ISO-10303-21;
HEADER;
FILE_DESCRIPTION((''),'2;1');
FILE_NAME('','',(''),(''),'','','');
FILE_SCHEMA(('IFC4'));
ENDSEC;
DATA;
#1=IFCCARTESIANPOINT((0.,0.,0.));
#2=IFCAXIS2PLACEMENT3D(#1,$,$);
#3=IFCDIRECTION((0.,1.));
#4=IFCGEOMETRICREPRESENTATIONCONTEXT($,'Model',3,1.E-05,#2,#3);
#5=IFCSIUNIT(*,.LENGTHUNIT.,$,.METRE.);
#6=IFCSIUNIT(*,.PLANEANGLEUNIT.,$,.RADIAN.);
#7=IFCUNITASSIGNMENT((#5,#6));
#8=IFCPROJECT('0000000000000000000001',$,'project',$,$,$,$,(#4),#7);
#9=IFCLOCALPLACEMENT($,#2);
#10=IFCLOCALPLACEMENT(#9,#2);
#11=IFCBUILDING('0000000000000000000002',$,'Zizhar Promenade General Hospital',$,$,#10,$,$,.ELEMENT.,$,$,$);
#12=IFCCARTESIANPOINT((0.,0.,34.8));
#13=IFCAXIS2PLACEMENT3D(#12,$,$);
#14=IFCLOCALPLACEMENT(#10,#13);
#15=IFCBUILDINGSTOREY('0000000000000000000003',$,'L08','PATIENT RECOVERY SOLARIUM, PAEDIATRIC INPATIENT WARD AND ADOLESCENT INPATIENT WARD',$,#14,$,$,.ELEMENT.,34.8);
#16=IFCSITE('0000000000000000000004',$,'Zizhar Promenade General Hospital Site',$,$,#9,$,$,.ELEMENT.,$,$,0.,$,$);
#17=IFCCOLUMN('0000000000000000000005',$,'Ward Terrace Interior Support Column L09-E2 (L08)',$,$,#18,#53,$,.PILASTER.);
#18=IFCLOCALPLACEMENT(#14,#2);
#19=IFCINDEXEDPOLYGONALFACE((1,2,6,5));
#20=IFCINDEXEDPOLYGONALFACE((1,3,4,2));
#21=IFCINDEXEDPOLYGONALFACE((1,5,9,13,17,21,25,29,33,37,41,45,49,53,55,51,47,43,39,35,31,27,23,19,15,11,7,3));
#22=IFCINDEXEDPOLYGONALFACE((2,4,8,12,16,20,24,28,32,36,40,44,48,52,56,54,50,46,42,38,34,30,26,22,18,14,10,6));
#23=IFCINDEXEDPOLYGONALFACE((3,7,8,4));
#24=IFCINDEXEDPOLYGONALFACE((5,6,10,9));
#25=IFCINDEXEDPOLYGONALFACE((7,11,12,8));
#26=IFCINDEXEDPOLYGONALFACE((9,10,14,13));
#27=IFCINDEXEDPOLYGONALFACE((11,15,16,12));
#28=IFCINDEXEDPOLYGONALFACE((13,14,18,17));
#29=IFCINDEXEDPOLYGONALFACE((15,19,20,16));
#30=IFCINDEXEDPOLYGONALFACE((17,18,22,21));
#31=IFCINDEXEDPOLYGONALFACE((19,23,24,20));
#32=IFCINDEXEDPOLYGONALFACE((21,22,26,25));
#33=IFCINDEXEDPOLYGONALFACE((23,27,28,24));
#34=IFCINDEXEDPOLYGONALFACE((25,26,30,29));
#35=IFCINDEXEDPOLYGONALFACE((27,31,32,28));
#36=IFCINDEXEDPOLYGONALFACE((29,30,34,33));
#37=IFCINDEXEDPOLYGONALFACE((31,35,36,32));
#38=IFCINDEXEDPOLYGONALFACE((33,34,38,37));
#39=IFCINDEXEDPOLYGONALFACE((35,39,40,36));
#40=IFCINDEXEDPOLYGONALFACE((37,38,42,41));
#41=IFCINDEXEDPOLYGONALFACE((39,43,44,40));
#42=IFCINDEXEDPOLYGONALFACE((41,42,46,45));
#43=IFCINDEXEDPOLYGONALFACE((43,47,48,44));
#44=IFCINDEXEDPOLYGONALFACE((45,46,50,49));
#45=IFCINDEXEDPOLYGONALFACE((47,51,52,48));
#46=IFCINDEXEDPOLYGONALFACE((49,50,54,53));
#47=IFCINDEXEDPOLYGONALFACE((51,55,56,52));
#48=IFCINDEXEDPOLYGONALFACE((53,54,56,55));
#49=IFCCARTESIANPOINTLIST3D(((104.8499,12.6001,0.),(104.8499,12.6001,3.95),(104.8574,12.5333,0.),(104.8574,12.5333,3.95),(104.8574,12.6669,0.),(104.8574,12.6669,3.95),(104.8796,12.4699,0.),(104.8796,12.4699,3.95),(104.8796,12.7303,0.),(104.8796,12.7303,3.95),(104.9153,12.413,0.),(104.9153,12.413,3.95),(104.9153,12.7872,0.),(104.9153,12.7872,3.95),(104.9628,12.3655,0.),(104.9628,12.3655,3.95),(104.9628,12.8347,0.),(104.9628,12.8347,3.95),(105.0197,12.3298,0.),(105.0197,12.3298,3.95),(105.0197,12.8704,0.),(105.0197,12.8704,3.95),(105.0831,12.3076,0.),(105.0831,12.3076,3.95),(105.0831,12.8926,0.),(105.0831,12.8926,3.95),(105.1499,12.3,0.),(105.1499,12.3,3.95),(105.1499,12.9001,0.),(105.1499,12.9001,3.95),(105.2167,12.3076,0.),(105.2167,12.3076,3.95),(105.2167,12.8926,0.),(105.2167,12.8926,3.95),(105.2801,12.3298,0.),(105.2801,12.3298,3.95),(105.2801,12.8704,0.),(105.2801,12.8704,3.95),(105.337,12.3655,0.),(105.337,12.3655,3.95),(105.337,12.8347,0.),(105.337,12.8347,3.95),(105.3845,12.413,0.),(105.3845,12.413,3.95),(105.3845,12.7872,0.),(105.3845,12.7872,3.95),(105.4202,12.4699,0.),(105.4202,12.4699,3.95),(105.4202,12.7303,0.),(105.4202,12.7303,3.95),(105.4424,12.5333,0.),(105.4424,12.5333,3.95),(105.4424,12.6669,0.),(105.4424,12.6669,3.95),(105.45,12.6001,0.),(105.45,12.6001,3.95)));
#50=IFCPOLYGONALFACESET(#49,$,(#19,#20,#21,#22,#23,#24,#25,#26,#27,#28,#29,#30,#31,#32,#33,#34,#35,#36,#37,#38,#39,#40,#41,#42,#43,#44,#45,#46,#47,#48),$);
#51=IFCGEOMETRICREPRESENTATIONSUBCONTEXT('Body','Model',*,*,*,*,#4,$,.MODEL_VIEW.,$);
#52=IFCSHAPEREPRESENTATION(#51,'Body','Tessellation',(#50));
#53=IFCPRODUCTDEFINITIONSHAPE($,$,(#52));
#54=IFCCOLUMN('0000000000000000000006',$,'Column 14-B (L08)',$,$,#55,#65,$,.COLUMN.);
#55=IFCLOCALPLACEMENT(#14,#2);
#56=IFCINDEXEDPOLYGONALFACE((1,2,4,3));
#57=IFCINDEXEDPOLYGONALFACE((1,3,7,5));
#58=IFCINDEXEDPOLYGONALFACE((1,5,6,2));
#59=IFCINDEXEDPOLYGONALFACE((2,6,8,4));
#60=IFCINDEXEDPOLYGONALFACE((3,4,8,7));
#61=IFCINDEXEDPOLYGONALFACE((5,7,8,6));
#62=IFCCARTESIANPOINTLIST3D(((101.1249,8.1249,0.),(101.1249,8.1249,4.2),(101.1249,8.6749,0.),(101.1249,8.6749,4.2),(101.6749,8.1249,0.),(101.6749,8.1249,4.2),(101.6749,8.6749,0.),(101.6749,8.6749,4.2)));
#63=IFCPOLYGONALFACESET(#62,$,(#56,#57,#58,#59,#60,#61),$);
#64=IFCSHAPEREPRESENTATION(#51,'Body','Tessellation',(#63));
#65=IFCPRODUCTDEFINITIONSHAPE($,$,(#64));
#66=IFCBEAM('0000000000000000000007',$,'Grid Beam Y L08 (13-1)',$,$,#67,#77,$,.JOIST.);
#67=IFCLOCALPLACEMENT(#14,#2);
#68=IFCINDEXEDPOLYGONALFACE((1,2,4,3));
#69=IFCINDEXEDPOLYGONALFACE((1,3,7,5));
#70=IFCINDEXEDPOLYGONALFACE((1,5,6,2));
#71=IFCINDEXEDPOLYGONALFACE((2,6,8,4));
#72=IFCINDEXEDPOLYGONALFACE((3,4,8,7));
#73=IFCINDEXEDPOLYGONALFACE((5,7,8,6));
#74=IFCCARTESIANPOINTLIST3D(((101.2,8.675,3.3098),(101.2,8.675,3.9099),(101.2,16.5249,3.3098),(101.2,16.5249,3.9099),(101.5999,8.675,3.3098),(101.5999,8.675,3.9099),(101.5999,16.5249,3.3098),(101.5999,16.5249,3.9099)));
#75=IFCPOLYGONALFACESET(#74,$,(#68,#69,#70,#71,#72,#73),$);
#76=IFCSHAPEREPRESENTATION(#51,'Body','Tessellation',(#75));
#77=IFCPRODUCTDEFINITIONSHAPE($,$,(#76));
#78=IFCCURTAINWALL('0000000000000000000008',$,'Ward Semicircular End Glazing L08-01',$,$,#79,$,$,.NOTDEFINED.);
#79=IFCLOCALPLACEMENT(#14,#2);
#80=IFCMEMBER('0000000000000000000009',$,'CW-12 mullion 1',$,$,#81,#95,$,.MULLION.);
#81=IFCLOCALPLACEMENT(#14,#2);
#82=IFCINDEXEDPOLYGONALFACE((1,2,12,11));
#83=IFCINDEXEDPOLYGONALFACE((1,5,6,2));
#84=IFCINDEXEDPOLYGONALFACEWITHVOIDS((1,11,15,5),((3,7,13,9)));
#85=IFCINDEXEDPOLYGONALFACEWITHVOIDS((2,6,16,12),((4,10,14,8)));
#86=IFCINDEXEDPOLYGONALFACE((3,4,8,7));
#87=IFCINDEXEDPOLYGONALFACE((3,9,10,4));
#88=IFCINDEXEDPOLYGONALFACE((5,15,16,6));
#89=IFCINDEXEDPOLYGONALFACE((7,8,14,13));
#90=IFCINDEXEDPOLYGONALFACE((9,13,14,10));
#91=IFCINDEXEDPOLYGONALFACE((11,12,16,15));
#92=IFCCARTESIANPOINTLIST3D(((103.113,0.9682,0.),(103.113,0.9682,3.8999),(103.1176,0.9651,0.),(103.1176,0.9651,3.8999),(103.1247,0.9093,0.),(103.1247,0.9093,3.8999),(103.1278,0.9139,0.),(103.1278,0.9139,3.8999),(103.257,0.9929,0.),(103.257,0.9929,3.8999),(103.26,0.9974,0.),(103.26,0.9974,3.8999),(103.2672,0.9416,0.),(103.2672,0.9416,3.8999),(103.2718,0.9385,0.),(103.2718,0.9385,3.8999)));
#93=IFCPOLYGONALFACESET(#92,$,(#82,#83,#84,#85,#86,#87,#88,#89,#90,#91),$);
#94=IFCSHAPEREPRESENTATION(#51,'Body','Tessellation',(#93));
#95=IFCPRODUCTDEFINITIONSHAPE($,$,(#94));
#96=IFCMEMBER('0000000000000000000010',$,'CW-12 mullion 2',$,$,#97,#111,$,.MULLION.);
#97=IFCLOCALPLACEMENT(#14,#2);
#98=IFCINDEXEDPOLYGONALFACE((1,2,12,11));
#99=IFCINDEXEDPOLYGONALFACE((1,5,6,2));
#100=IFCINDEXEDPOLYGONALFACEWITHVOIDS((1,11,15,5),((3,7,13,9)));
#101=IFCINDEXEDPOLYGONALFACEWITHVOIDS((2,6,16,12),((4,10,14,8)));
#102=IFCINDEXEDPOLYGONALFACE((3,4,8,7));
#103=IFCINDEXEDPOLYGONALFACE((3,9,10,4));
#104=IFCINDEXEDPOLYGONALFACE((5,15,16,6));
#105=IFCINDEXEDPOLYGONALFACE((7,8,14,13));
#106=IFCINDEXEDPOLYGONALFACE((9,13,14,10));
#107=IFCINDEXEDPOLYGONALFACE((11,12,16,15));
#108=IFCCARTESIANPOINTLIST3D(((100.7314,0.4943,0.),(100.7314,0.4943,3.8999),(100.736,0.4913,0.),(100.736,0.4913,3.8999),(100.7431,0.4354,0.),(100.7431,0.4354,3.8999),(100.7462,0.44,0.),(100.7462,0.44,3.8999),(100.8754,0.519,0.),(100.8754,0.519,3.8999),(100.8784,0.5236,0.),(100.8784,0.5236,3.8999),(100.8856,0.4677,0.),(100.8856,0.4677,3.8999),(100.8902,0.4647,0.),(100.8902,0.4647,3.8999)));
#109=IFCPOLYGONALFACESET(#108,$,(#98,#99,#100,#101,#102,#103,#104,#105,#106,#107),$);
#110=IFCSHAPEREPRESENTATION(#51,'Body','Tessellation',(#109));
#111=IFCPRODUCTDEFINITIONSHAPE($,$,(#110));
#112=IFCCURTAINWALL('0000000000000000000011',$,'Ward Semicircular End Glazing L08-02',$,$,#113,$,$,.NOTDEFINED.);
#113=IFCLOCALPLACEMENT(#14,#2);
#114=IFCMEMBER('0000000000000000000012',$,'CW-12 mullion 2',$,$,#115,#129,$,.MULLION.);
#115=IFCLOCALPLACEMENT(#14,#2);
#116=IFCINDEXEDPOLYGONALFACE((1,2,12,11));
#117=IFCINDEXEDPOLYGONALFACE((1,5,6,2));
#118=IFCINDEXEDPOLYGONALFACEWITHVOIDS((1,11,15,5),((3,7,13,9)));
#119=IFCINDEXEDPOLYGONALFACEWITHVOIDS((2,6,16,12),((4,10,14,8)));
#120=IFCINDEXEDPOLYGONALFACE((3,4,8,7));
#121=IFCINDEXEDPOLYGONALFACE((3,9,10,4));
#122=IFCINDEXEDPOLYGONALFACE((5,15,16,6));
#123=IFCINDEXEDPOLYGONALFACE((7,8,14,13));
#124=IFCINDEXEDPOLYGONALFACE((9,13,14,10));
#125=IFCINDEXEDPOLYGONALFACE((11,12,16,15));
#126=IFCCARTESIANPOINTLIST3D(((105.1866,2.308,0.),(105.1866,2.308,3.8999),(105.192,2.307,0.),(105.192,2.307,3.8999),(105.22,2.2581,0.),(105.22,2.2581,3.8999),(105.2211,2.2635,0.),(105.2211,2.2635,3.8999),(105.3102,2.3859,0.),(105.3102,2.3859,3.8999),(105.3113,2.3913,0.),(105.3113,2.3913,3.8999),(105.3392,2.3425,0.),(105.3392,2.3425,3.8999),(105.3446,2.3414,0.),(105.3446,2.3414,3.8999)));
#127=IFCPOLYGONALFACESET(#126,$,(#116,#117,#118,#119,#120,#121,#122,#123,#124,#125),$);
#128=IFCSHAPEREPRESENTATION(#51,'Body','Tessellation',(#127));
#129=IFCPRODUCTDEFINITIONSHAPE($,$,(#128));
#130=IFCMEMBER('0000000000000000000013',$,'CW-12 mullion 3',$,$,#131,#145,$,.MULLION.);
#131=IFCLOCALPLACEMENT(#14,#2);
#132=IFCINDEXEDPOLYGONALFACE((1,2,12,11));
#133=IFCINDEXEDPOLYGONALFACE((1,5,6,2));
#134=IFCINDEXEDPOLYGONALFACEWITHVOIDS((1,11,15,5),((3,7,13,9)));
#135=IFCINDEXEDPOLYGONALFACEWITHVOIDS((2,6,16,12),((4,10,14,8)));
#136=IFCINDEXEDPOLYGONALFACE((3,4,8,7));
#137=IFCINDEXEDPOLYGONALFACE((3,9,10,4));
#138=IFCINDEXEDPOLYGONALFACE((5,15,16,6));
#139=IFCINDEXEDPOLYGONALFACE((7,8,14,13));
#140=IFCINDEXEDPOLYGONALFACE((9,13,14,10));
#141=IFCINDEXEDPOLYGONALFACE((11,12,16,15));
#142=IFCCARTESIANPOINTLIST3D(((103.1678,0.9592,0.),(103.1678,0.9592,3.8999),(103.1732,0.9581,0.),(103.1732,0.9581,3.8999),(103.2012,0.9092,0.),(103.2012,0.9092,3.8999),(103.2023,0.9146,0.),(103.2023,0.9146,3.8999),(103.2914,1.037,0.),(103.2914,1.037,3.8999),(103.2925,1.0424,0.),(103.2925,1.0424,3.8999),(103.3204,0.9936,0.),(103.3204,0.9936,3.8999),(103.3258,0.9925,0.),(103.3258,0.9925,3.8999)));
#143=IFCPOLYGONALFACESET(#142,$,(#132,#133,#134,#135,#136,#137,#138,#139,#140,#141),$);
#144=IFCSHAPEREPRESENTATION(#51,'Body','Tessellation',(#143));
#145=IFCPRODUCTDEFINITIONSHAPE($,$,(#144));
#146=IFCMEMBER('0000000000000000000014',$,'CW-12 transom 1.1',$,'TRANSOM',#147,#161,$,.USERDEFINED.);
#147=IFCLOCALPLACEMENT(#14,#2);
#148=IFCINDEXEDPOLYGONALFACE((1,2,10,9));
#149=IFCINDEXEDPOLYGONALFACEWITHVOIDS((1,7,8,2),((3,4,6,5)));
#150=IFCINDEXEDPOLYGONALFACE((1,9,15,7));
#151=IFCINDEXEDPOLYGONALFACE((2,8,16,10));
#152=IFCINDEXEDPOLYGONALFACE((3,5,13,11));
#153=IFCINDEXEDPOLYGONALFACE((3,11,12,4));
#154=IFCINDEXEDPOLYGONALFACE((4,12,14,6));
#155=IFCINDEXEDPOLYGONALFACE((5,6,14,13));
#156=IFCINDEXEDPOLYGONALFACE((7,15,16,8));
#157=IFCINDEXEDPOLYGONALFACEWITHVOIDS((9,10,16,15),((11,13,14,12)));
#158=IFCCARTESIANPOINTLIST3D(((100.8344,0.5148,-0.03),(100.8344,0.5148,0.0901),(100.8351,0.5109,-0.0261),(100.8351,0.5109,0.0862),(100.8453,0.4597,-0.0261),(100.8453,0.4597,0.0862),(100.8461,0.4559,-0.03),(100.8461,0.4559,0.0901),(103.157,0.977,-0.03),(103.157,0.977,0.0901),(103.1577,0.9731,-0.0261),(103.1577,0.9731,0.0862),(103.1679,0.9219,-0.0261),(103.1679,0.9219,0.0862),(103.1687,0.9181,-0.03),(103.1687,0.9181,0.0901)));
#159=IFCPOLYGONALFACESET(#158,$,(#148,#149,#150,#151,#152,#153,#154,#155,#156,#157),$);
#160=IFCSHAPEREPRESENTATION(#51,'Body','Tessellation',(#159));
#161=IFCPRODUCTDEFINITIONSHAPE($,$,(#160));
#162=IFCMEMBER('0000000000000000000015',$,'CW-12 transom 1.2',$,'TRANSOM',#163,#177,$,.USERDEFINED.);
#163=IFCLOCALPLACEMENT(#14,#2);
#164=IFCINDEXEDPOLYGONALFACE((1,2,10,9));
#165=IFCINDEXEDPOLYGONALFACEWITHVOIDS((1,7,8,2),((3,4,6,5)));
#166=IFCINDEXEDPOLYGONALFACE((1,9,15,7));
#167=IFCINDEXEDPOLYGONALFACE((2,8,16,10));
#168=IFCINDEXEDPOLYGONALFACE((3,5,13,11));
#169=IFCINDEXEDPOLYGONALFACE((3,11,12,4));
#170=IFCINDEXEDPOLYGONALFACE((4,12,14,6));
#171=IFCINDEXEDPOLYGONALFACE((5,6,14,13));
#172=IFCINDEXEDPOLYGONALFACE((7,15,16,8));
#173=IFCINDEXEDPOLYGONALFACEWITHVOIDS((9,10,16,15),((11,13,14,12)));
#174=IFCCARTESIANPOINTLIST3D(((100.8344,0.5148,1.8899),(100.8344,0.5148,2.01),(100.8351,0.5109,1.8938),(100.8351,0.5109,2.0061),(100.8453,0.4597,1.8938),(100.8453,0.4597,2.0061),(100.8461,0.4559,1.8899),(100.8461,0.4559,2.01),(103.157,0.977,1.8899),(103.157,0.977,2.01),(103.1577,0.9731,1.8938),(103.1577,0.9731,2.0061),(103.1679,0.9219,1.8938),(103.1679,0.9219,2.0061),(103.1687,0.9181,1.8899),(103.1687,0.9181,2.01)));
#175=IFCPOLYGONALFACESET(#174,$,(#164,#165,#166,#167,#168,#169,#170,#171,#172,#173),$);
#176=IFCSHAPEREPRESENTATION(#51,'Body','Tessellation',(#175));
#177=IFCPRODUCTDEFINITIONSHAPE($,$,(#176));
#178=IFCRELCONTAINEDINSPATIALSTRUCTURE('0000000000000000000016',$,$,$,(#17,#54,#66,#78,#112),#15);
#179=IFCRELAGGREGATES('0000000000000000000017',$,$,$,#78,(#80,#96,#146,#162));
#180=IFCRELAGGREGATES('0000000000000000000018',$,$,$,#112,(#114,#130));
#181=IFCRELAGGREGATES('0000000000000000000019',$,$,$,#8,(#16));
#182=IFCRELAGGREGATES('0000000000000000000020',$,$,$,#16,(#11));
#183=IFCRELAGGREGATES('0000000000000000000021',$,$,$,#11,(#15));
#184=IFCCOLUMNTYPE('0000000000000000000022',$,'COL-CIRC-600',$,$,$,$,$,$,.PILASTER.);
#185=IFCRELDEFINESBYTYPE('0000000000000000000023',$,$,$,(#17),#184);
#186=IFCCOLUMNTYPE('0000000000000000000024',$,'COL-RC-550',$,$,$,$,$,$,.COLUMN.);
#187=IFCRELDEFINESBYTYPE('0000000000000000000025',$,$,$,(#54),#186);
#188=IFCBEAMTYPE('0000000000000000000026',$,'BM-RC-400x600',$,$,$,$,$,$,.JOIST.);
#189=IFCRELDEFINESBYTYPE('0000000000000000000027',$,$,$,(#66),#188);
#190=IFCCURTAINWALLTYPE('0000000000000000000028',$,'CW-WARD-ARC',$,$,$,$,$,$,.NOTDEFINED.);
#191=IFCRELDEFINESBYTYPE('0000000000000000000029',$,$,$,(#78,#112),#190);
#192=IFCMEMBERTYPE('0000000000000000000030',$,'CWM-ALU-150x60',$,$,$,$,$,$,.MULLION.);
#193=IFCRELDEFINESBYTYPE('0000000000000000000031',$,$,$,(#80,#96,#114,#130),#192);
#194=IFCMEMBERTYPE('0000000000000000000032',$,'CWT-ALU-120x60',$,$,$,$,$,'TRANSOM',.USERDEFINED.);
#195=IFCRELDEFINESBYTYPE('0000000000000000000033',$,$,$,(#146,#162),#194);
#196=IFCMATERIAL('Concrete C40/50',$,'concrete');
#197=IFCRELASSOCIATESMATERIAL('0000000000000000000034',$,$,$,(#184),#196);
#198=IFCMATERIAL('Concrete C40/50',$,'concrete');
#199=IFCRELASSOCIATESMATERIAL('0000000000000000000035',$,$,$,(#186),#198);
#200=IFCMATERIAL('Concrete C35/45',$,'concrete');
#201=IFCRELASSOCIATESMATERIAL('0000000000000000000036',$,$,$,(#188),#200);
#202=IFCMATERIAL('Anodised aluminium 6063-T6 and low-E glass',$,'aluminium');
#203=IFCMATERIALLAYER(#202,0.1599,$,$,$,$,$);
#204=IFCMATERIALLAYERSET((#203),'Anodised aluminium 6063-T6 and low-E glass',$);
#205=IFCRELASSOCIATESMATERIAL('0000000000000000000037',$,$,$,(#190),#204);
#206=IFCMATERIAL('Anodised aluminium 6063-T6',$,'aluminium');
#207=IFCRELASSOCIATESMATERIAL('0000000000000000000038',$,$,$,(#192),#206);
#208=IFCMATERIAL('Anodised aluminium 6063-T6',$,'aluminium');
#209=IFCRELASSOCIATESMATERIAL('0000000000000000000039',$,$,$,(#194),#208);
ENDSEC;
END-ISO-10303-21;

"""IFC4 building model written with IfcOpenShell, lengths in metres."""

from ifc_helpers import new_model, si_unit, direction, frame, origin, origin_2d, place, context, subcontext, project, spatial, rectangle, hollow_rectangle, circle, extrude, material, layer, layer_set, material_profile, profile_set, type_object, element, aggregate, save


model = new_model("IFC4")

# Units and contexts
model_context = context("Model", 3, precision=1e-05, world=origin(), true_north=direction((0.0, 1.0)))
body_context = subcontext(model_context, "Body", "Model", "MODEL_VIEW")
ifc_project = project(units=[si_unit("LENGTHUNIT", "METRE"), si_unit("PLANEANGLEUNIT", "RADIAN")], contexts=[model_context])

# Site, building, storey
site_placement = place(None, origin())
site = spatial("IfcSite", under=ifc_project, at=site_placement, Name="Zizhar Promenade General Hospital Site", CompositionType="ELEMENT", RefElevation=0.0)
building_placement = place(site_placement, origin())
building = spatial("IfcBuilding", under=site, at=building_placement, Name="Zizhar Promenade General Hospital", CompositionType="ELEMENT")
storey_placement = place(building_placement, frame((0.0, 0.0, 34.8)))
storey = spatial("IfcBuildingStorey", under=building, at=storey_placement, Name="L08", Description="PATIENT RECOVERY SOLARIUM, PAEDIATRIC INPATIENT WARD AND ADOLESCENT INPATIENT WARD", CompositionType="ELEMENT", Elevation=34.8)

# Columns
ifc_material_1 = material(Name="Concrete C40/50", Category="concrete")
ifc_material_profile_1 = material_profile(ifc_material_1, circle(Radius=0.3, at=origin_2d()))
ifc_profile_set_1 = profile_set([ifc_material_profile_1], Name="Concrete C40/50")
column_type_1 = type_object("IfcColumnType", Name="COL-CIRC-600", PredefinedType="PILASTER", material=ifc_profile_set_1)
column_1_placement = place(storey_placement, frame((105.1499, 12.6001, 0.0), z_axis=(0.0, 0.0, 1.0), x_axis=(1.0, 0.0, 0.0)))
element("IfcColumn", 1, at=column_1_placement, inside=storey, type_object=column_type_1, Name="Ward Terrace Interior Support Column L09-E2 (L08)", PredefinedType="PILASTER", context=body_context, shape_type="SweptSolid", body=[
    extrude(circle(Radius=0.3, at=origin_2d()), origin(), (0.0, 0.0, 1.0), 3.95),
])
ifc_material_2 = material(Name="Concrete C40/50", Category="concrete")
ifc_material_profile_2 = material_profile(ifc_material_2, rectangle(XDim=0.55, YDim=0.55, at=origin_2d()))
ifc_profile_set_2 = profile_set([ifc_material_profile_2], Name="Concrete C40/50")
column_type_2 = type_object("IfcColumnType", Name="COL-RC-550", PredefinedType="COLUMN", material=ifc_profile_set_2)
column_2_placement = place(storey_placement, frame((101.3999, 8.3999, 0.0), z_axis=(0.0, 0.0, 1.0), x_axis=(1.0, 0.0, 0.0)))
element("IfcColumn", 2, at=column_2_placement, inside=storey, type_object=column_type_2, Name="Column 14-B (L08)", PredefinedType="COLUMN", context=body_context, shape_type="SweptSolid", body=[
    extrude(rectangle(XDim=0.55, YDim=0.55, at=origin_2d()), origin(), (0.0, 0.0, 1.0), 4.2),
])

# Beam
ifc_material_3 = material(Name="Concrete C35/45", Category="concrete")
ifc_material_profile_3 = material_profile(ifc_material_3, rectangle(XDim=0.3999, YDim=0.6001, at=origin_2d()))
ifc_profile_set_3 = profile_set([ifc_material_profile_3], Name="Concrete C35/45")
beam_type = type_object("IfcBeamType", Name="BM-RC-400x600", PredefinedType="JOIST", material=ifc_profile_set_3)
beam_placement = place(storey_placement, frame((101.3999, 8.675, 3.6099), z_axis=(0.0, 1.0, 0.0), x_axis=(-1.0, 0.0, 0.0)))
element("IfcBeam", 3, at=beam_placement, inside=storey, type_object=beam_type, Name="Grid Beam Y L08 (13-1)", PredefinedType="JOIST", context=body_context, shape_type="SweptSolid", body=[
    extrude(rectangle(XDim=0.3999, YDim=0.6001, at=origin_2d()), origin(), (0.0, 0.0, 1.0), 7.8499),
])

# Curtain walls, members
ifc_material_4 = material(Name="Anodised aluminium 6063-T6 and low-E glass", Category="aluminium")
ifc_layer_1 = layer(ifc_material_4, 0.1599)
ifc_layer_set_1 = layer_set([ifc_layer_1], Name="Anodised aluminium 6063-T6 and low-E glass")
curtain_wall_type = type_object("IfcCurtainWallType", Name="CW-WARD-ARC", PredefinedType="NOTDEFINED", material=ifc_layer_set_1)
curtain_wall_1_placement = place(storey_placement, origin())
curtain_wall_1 = element("IfcCurtainWall", 4, at=curtain_wall_1_placement, inside=storey, type_object=curtain_wall_type, Name="Ward Semicircular End Glazing L08-01", PredefinedType="NOTDEFINED")
ifc_material_5 = material(Name="Anodised aluminium 6063-T6", Category="aluminium")
ifc_material_profile_4 = material_profile(ifc_material_5, hollow_rectangle(XDim=0.0601, YDim=0.1499, WallThickness=0.0039, at=origin_2d()))
ifc_profile_set_4 = profile_set([ifc_material_profile_4], Name="Anodised aluminium 6063-T6")
member_type_1 = type_object("IfcMemberType", Name="CWM-ALU-150x60", PredefinedType="MULLION", material=ifc_profile_set_4)
member_1_placement = place(storey_placement, frame((103.1924, 0.9534, 0.0), z_axis=(0.0, 0.0, 1.0), x_axis=(0.195087, -0.980786, 0.0)))
member_1 = element("IfcMember", 5, at=member_1_placement, type_object=member_type_1, Name="CW-12 mullion 1", PredefinedType="MULLION", context=body_context, shape_type="SweptSolid", body=[
    extrude(hollow_rectangle(XDim=0.0601, YDim=0.1499, WallThickness=0.0039, at=origin_2d()), origin(), (0.0, 0.0, 1.0), 3.8999),
])
member_2_placement = place(storey_placement, frame((100.8108, 0.4795, 0.0), z_axis=(0.0, 0.0, 1.0), x_axis=(0.195087, -0.980786, 0.0)))
member_2 = element("IfcMember", 6, at=member_2_placement, type_object=member_type_1, Name="CW-12 mullion 2", PredefinedType="MULLION", context=body_context, shape_type="SweptSolid", body=[
    extrude(hollow_rectangle(XDim=0.0601, YDim=0.1499, WallThickness=0.0039, at=origin_2d()), origin(), (0.0, 0.0, 1.0), 3.8999),
])
curtain_wall_2_placement = place(storey_placement, origin())
curtain_wall_2 = element("IfcCurtainWall", 7, at=curtain_wall_2_placement, inside=storey, type_object=curtain_wall_type, Name="Ward Semicircular End Glazing L08-02", PredefinedType="NOTDEFINED")
member_3_placement = place(storey_placement, frame((105.2656, 2.3247, 0.0), z_axis=(0.0, 0.0, 1.0), x_axis=(0.555582, -0.831462, 0.0)))
member_3 = element("IfcMember", 8, at=member_3_placement, type_object=member_type_1, Name="CW-12 mullion 2", PredefinedType="MULLION", context=body_context, shape_type="SweptSolid", body=[
    extrude(hollow_rectangle(XDim=0.0601, YDim=0.1499, WallThickness=0.0039, at=origin_2d()), origin(), (0.0, 0.0, 1.0), 3.8999),
])
member_4_placement = place(storey_placement, frame((103.2468, 0.9758, 0.0), z_axis=(0.0, 0.0, 1.0), x_axis=(0.555582, -0.831462, 0.0)))
member_4 = element("IfcMember", 9, at=member_4_placement, type_object=member_type_1, Name="CW-12 mullion 3", PredefinedType="MULLION", context=body_context, shape_type="SweptSolid", body=[
    extrude(hollow_rectangle(XDim=0.0601, YDim=0.1499, WallThickness=0.0039, at=origin_2d()), origin(), (0.0, 0.0, 1.0), 3.8999),
])

# Members
ifc_material_6 = material(Name="Anodised aluminium 6063-T6", Category="aluminium")
ifc_material_profile_5 = material_profile(ifc_material_6, hollow_rectangle(XDim=0.0601, YDim=0.1201, WallThickness=0.0039, at=origin_2d()))
ifc_profile_set_5 = profile_set([ifc_material_profile_5], Name="Anodised aluminium 6063-T6")
member_type_2 = type_object("IfcMemberType", Name="CWT-ALU-120x60", ElementType="TRANSOM", PredefinedType="USERDEFINED", material=ifc_profile_set_5)
member_5_placement = place(storey_placement, frame((103.1628, 0.9475, 0.03), z_axis=(-0.980771, -0.195164, 0.0), x_axis=(0.195164, -0.980771, 0.0)))
member_5 = element("IfcMember", 10, at=member_5_placement, type_object=member_type_2, Name="CW-12 transom 1.1", ObjectType="TRANSOM", PredefinedType="USERDEFINED", context=body_context, shape_type="SweptSolid", body=[
    extrude(hollow_rectangle(XDim=0.0601, YDim=0.1201, WallThickness=0.0039, at=origin_2d()), origin(), (0.0, 0.0, 1.0), 2.3682),
])
member_6_placement = place(storey_placement, frame((103.1628, 0.9475, 1.95), z_axis=(-0.980771, -0.195164, 0.0), x_axis=(0.195164, -0.980771, 0.0)))
member_6 = element("IfcMember", 11, at=member_6_placement, type_object=member_type_2, Name="CW-12 transom 1.2", ObjectType="TRANSOM", PredefinedType="USERDEFINED", context=body_context, shape_type="SweptSolid", body=[
    extrude(hollow_rectangle(XDim=0.0601, YDim=0.1201, WallThickness=0.0039, at=origin_2d()), origin(), (0.0, 0.0, 1.0), 2.3682),
])

aggregate(curtain_wall_1, [member_1, member_2, member_5, member_6])
aggregate(curtain_wall_2, [member_3, member_4])

save(model, "model.ifc")
